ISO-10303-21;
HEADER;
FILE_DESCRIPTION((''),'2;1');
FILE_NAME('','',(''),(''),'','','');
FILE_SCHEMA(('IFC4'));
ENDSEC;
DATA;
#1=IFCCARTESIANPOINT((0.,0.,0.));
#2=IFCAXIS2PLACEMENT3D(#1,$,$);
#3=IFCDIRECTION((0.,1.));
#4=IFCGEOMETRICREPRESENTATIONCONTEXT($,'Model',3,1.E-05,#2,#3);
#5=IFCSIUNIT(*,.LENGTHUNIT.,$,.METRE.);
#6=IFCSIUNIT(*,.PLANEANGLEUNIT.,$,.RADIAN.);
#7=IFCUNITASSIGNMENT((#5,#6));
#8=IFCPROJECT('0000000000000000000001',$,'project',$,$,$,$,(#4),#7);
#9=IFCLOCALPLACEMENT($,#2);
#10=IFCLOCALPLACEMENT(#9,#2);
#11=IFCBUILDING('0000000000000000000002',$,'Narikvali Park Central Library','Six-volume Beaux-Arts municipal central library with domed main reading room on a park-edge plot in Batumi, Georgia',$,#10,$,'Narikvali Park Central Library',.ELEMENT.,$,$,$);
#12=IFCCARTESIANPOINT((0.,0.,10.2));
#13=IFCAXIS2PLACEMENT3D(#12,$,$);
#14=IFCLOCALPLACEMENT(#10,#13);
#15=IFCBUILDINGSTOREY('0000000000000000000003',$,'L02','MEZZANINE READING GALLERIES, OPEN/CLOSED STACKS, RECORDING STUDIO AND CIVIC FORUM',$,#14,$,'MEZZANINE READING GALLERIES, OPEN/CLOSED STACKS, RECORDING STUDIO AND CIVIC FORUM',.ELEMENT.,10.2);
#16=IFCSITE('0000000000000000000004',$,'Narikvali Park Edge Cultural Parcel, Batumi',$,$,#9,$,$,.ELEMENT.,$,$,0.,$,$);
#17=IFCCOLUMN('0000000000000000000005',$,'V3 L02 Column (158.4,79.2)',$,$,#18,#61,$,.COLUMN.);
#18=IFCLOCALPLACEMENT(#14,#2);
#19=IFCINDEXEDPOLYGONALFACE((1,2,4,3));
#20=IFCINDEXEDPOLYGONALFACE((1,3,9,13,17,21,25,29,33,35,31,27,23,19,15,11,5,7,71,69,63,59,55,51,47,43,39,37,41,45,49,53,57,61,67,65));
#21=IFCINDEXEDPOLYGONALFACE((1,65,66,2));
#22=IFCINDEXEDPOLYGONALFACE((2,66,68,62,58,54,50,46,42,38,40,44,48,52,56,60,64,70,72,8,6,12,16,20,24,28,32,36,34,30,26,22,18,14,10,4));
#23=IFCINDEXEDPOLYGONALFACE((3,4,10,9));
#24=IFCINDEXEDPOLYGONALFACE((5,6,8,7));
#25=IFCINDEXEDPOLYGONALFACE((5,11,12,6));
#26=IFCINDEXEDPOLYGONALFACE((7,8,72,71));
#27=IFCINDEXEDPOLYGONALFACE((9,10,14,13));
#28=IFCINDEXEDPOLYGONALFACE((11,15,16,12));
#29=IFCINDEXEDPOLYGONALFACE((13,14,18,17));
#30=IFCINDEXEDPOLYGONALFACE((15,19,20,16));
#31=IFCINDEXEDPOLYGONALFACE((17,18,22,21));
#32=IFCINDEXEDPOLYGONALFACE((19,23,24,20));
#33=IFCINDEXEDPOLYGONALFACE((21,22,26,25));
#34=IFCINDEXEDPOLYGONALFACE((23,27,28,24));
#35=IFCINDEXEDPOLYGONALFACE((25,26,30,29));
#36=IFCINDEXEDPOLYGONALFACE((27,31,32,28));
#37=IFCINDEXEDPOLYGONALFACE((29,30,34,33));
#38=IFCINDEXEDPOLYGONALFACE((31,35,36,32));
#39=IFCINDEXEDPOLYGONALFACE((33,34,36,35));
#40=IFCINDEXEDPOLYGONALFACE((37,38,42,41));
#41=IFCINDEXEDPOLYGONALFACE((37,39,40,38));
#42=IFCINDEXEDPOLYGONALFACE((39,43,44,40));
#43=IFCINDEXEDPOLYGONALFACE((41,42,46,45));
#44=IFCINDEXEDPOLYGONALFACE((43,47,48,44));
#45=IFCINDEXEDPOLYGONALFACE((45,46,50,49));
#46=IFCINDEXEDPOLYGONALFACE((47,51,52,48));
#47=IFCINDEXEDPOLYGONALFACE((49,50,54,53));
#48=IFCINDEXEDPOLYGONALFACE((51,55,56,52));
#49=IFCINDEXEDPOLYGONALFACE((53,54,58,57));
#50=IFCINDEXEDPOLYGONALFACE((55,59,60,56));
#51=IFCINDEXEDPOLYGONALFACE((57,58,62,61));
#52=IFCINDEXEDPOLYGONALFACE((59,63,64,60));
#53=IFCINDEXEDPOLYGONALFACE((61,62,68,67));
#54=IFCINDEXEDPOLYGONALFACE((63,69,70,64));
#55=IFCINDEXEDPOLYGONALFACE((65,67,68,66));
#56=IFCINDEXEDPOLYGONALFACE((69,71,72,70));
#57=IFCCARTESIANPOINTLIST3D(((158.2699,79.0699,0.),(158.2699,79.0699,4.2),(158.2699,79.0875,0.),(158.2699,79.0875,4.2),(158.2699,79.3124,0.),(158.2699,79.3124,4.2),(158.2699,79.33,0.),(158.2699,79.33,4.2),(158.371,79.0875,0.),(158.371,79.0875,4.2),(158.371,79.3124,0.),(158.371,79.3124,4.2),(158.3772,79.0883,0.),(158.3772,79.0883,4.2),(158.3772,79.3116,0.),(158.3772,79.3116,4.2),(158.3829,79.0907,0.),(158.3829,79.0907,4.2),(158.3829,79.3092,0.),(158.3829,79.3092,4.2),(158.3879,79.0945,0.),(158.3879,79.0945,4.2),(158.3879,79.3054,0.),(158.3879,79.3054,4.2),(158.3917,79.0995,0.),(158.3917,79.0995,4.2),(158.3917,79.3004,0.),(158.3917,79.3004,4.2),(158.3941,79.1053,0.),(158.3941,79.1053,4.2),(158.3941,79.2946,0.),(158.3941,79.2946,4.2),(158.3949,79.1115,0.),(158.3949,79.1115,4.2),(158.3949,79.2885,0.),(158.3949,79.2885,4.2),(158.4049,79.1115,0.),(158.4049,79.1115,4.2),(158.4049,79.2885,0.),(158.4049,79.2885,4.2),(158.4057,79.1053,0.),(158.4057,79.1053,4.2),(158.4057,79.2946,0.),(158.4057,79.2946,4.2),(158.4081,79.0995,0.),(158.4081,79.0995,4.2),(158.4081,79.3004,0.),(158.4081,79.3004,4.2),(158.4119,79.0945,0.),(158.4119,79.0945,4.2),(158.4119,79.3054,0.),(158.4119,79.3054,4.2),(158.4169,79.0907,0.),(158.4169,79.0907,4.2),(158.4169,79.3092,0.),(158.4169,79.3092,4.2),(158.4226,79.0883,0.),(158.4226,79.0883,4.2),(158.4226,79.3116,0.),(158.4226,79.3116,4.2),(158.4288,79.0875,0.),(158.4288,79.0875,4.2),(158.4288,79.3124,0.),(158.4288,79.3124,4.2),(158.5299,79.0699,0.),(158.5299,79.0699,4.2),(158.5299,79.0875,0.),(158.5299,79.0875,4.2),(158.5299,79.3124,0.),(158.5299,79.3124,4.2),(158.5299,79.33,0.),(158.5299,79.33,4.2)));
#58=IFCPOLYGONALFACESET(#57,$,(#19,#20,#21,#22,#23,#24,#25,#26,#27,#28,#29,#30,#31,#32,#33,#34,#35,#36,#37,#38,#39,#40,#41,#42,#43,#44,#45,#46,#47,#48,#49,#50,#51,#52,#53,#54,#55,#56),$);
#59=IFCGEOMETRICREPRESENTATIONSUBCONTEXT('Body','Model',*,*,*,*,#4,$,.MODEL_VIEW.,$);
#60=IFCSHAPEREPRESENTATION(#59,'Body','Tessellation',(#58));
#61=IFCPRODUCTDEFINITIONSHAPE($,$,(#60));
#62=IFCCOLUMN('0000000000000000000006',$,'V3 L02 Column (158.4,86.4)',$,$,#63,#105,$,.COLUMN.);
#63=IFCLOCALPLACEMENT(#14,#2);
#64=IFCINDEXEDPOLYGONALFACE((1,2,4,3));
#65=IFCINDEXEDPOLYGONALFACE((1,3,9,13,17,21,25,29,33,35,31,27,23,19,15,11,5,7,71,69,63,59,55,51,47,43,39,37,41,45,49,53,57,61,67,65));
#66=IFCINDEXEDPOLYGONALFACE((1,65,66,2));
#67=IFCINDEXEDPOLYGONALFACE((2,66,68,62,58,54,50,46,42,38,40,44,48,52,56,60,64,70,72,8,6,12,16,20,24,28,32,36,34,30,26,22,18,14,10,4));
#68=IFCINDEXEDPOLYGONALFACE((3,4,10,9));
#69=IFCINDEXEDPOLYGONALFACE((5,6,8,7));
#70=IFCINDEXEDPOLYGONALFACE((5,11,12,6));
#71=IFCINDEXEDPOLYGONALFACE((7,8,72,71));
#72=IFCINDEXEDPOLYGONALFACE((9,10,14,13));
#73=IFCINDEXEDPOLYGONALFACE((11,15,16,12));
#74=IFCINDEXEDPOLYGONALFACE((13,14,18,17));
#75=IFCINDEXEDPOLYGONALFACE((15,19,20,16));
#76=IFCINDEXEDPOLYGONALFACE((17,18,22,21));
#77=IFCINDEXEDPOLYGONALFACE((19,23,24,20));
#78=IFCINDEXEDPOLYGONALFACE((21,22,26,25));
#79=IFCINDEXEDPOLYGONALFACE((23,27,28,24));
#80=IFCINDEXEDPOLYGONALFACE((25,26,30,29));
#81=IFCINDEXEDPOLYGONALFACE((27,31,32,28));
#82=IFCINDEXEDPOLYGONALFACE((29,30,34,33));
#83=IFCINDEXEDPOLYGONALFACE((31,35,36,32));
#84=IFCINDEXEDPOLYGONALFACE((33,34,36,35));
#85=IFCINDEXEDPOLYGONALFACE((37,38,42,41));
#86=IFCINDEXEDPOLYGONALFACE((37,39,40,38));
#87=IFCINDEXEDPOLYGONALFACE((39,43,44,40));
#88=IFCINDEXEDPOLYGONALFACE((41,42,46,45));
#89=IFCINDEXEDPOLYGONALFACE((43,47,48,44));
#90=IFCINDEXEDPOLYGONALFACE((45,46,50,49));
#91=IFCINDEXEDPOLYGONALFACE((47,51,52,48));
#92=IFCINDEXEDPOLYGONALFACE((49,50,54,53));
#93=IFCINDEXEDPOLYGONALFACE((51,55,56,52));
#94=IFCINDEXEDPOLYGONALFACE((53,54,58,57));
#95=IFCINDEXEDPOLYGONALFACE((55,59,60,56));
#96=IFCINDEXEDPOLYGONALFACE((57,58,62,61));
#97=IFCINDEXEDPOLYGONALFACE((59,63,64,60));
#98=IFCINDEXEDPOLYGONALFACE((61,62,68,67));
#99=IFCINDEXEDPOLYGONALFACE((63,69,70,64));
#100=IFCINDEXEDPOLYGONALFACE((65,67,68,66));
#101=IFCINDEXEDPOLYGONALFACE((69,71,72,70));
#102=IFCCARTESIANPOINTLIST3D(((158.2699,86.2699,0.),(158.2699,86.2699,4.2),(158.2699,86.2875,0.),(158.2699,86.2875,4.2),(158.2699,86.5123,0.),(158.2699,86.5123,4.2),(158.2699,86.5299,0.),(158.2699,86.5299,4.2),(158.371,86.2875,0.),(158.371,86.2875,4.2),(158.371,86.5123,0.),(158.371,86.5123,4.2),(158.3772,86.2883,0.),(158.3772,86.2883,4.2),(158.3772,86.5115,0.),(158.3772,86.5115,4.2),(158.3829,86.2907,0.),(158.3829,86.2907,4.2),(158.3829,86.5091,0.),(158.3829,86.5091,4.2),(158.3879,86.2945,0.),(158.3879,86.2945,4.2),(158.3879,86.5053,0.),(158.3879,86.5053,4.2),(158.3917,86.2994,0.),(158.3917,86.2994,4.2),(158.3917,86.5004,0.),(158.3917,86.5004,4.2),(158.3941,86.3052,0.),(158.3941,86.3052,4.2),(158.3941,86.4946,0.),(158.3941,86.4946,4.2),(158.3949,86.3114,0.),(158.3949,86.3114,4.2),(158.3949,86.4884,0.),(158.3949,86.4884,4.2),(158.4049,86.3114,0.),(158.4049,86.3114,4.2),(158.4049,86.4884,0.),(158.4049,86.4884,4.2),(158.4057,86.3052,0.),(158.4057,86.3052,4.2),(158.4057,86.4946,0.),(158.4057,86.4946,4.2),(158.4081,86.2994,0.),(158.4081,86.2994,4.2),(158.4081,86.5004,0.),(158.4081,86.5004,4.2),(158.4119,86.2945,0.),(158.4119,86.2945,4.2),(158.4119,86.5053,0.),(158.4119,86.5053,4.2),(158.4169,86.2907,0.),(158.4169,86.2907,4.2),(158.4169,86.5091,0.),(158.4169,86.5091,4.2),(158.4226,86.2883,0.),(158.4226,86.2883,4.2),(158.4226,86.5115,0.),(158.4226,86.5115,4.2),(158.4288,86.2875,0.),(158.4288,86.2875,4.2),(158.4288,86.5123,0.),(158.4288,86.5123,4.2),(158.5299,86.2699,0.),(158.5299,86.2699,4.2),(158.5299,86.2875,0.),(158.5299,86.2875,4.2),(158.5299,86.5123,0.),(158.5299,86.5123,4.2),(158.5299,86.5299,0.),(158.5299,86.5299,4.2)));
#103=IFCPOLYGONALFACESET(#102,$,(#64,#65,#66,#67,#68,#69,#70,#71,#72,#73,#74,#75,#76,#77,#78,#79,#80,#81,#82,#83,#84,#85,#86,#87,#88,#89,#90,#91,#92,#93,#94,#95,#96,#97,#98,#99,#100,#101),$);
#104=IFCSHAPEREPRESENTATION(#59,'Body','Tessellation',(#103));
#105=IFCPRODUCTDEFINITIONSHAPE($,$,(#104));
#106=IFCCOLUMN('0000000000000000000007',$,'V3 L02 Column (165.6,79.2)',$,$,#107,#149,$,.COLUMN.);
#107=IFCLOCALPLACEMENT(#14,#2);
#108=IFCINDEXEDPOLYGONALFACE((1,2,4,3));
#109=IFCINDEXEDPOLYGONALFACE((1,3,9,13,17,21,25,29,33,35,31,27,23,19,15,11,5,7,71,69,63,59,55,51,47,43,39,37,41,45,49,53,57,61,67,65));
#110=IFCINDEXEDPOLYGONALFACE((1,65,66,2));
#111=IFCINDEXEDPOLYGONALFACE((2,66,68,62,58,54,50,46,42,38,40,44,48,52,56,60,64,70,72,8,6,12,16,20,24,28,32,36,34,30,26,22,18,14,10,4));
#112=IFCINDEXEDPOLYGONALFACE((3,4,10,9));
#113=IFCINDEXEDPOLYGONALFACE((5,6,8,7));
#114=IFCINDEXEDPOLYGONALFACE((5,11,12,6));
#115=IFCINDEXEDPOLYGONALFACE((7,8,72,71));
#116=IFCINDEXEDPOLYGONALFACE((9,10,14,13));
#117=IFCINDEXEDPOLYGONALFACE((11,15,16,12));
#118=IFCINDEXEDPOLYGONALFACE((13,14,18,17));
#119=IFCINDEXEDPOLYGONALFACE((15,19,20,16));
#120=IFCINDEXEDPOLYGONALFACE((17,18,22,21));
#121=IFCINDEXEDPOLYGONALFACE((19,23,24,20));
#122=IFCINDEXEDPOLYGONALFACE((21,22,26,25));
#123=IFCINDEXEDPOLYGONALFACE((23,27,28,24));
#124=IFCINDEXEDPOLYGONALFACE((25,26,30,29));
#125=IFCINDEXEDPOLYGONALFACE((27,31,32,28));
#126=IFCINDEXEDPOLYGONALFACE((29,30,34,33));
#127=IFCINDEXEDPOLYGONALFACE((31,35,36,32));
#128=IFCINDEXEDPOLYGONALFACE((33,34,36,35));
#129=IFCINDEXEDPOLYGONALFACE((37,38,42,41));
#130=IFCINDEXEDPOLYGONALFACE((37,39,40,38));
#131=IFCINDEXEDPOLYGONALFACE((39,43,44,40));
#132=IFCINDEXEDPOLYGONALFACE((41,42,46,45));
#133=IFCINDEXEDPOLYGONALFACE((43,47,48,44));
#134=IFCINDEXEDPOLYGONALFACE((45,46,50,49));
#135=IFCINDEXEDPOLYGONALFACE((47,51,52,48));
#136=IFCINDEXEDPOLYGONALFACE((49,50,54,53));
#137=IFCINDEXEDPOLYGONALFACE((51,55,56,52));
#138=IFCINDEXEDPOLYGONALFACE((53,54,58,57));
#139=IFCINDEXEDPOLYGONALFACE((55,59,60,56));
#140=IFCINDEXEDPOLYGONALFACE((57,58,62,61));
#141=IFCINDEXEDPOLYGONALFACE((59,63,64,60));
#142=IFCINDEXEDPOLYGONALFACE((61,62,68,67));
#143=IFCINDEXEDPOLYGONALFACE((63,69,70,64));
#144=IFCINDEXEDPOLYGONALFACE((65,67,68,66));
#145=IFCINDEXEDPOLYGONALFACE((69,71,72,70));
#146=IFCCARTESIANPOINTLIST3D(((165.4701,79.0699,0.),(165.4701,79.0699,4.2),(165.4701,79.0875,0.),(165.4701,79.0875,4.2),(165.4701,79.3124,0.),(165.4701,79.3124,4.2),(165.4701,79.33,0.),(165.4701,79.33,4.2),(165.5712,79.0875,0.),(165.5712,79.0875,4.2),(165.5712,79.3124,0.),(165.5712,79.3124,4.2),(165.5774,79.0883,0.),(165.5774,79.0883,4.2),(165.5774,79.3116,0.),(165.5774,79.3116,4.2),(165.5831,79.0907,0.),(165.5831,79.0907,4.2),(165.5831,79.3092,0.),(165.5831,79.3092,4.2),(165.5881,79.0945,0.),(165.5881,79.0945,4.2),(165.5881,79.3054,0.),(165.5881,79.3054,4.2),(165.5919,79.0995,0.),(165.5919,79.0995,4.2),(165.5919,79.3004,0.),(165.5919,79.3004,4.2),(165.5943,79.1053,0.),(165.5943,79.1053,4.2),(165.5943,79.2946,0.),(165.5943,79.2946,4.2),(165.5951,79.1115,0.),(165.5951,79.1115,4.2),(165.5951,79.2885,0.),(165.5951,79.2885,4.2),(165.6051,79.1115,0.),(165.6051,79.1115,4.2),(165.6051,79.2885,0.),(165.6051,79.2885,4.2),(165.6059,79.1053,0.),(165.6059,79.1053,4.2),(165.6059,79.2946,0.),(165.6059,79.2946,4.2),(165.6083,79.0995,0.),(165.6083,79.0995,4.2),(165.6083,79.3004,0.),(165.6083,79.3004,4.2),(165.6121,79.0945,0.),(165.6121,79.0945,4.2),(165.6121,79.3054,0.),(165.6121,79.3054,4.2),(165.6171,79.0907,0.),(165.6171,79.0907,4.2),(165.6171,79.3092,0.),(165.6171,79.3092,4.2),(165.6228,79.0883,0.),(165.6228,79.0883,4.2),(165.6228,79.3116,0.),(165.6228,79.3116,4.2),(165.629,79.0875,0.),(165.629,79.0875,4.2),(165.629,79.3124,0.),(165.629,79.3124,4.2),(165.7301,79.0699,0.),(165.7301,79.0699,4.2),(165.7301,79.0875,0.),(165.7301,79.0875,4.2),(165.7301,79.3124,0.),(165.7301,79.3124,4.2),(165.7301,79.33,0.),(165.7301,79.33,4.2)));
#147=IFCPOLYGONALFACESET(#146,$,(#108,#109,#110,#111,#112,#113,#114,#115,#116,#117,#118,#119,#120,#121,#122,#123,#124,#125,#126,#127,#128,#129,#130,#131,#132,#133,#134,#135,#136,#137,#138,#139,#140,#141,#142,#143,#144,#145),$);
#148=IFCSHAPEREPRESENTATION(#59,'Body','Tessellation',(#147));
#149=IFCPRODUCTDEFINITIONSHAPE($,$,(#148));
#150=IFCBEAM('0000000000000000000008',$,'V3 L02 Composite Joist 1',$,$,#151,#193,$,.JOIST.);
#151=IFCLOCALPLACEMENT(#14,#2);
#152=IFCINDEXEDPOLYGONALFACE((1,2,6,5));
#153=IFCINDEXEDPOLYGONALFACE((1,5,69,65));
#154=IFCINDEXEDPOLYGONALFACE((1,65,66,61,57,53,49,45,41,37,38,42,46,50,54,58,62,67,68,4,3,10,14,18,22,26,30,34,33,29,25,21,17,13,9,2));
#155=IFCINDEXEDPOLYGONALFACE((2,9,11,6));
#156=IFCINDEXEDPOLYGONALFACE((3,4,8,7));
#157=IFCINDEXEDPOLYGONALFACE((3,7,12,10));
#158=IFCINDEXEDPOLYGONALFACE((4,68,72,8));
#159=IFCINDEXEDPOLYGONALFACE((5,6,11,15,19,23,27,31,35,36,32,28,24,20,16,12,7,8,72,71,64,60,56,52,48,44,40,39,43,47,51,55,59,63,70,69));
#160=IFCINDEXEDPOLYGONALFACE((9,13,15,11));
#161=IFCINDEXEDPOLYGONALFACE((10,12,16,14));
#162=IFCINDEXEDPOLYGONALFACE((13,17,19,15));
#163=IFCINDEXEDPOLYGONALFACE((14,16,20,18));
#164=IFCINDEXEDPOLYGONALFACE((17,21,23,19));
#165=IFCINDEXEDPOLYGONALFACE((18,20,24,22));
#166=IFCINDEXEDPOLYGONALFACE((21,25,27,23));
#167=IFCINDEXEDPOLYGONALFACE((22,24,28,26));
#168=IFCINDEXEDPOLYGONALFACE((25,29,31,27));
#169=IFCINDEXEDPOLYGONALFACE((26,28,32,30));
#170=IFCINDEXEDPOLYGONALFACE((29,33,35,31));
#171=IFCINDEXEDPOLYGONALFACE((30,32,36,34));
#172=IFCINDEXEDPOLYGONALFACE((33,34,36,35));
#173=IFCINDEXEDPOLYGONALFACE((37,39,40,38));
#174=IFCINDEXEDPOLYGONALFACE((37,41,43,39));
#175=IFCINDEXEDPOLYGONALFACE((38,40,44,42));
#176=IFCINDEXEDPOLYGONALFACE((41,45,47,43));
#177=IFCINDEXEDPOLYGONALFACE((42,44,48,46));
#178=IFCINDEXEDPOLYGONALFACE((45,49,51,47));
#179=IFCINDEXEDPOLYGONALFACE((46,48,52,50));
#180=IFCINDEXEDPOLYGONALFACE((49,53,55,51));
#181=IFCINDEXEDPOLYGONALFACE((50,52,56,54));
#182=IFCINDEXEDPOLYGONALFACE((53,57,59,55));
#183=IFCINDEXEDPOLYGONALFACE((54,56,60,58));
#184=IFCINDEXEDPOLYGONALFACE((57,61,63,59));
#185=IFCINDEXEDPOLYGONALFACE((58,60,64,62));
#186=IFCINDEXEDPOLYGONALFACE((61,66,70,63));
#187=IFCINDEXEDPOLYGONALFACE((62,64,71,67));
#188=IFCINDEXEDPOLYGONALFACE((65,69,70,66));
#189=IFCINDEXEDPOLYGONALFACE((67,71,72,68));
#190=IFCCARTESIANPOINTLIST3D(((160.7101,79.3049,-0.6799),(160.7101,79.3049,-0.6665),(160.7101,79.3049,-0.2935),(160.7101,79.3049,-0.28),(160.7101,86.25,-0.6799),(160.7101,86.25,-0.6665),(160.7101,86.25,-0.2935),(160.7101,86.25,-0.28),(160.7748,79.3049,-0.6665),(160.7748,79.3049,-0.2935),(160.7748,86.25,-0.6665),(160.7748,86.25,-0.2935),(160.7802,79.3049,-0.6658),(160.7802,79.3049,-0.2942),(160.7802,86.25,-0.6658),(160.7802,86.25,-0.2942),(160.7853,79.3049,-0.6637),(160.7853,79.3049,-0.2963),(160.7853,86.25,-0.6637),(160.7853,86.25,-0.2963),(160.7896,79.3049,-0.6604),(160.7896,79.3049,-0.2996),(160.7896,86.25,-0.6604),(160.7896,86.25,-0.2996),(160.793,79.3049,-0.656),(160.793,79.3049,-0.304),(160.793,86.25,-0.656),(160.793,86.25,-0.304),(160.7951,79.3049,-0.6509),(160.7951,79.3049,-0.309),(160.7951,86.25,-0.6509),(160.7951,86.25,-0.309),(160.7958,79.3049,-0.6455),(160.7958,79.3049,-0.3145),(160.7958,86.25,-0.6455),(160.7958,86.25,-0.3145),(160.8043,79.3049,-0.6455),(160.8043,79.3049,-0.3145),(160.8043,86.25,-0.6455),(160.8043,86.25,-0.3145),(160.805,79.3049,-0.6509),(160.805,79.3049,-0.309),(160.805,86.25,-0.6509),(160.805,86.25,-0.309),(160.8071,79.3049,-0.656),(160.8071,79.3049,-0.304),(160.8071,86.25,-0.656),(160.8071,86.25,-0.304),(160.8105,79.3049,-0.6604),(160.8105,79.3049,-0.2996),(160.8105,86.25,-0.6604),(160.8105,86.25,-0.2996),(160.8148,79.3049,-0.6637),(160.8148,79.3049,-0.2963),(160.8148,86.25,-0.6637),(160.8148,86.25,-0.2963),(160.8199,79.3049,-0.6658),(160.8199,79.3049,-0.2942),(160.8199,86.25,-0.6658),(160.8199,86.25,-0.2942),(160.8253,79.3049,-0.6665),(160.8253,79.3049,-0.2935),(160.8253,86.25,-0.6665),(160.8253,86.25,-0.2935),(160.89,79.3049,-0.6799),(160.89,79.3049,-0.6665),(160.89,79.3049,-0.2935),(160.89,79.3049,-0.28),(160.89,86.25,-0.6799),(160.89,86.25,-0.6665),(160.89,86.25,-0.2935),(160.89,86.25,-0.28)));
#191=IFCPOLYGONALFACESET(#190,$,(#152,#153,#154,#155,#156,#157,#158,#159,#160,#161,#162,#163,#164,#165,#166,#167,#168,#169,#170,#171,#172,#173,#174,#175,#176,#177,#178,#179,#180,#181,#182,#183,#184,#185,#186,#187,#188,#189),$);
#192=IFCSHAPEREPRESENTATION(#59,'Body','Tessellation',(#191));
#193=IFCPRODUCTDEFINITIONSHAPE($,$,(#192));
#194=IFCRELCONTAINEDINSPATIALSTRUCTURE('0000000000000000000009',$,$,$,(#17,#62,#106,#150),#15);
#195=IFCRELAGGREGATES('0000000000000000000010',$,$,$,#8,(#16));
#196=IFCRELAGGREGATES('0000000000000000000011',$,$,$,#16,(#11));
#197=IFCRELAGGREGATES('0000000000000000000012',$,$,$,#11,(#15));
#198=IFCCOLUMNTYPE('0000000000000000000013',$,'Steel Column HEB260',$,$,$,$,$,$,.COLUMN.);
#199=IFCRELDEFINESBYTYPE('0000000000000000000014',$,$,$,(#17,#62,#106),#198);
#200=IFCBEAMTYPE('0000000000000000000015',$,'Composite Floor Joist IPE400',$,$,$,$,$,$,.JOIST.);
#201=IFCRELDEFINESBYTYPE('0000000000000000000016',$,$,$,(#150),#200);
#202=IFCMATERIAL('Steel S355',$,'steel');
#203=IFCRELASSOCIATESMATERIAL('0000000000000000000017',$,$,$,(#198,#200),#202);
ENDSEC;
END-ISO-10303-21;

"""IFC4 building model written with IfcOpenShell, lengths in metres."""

from ifc_helpers import new_model, si_unit, direction, frame, origin, origin_2d, place, context, subcontext, project, spatial, i_section, extrude, material, material_profile, profile_set, type_object, element, save


model = new_model("IFC4")

# Units and contexts
model_context = context("Model", 3, precision=1e-05, world=origin(), true_north=direction((0.0, 1.0)))
body_context = subcontext(model_context, "Body", "Model", "MODEL_VIEW")
ifc_project = project(units=[si_unit("LENGTHUNIT", "METRE"), si_unit("PLANEANGLEUNIT", "RADIAN")], contexts=[model_context])

# Site, building, storey
site_placement = place(None, origin())
site = spatial("IfcSite", under=ifc_project, at=site_placement, Name="Narikvali Park Edge Cultural Parcel, Batumi", CompositionType="ELEMENT", RefElevation=0.0)
building_placement = place(site_placement, origin())
building = spatial("IfcBuilding", under=site, at=building_placement, Name="Narikvali Park Central Library", Description="Six-volume Beaux-Arts municipal central library with domed main reading room on a park-edge plot in Batumi, Georgia", LongName="Narikvali Park Central Library", CompositionType="ELEMENT")
storey_placement = place(building_placement, frame((0.0, 0.0, 10.2)))
storey = spatial("IfcBuildingStorey", under=building, at=storey_placement, Name="L02", Description="MEZZANINE READING GALLERIES, OPEN/CLOSED STACKS, RECORDING STUDIO AND CIVIC FORUM", LongName="MEZZANINE READING GALLERIES, OPEN/CLOSED STACKS, RECORDING STUDIO AND CIVIC FORUM", CompositionType="ELEMENT", Elevation=10.2)

# Columns
ifc_material_1 = material(Name="Steel S355", Category="steel")
ifc_material_profile_1 = material_profile(ifc_material_1, i_section(OverallWidth=0.26, OverallDepth=0.26, WebThickness=0.01, FlangeThickness=0.0176, FilletRadius=0.0239, at=origin_2d()), Name="HEB 260")
ifc_profile_set_1 = profile_set([ifc_material_profile_1], Name="Steel S355")
column_type = type_object("IfcColumnType", Name="Steel Column HEB260", PredefinedType="COLUMN", material=ifc_profile_set_1)
for number, where, z_axis, x_axis, name in (
    (1, (158.3999, 79.2, 0.0), (0.0, 0.0, 1.0), (1.0, 0.0, 0.0), "V3 L02 Column (158.4,79.2)"),
    (2, (158.3999, 86.3999, 0.0), (0.0, 0.0, 1.0), (1.0, 0.0, 0.0), "V3 L02 Column (158.4,86.4)"),
    (3, (165.6001, 79.2, 0.0), (0.0, 0.0, 1.0), (1.0, 0.0, 0.0), "V3 L02 Column (165.6,79.2)"),
):
    element("IfcColumn", number, at=place(storey_placement, frame(where, z_axis=z_axis, x_axis=x_axis)), inside=storey, type_object=column_type, Name=name, PredefinedType="COLUMN", context=body_context, shape_type="SweptSolid", body=[
        extrude(i_section(OverallWidth=0.26, OverallDepth=0.26, WebThickness=0.01, FlangeThickness=0.0176, FilletRadius=0.0239, at=origin_2d()), origin(), (0.0, 0.0, 1.0), 4.2),
    ])

# Beam
ifc_material_profile_2 = material_profile(ifc_material_1, i_section(OverallWidth=0.1799, OverallDepth=0.3999, WebThickness=0.0085, FlangeThickness=0.0134, FilletRadius=0.021, at=origin_2d()), Name="IPE 400")
ifc_profile_set_2 = profile_set([ifc_material_profile_2], Name="Steel S355")
beam_type_1 = type_object("IfcBeamType", Name="Composite Floor Joist IPE400", PredefinedType="JOIST", material=ifc_profile_set_2)
for number, where, z_axis, x_axis, name in (
    (4, (160.8, 79.3049, -0.48), (0.0, 1.0, 0.0), (-1.0, 0.0, 0.0), "V3 L02 Composite Joist 1"),
):
    element("IfcBeam", number, at=place(storey_placement, frame(where, z_axis=z_axis, x_axis=x_axis)), inside=storey, type_object=beam_type_1, Name=name, PredefinedType="JOIST", context=body_context, shape_type="SweptSolid", body=[
        extrude(i_section(OverallWidth=0.1799, OverallDepth=0.3999, WebThickness=0.0085, FlangeThickness=0.0134, FilletRadius=0.021, at=origin_2d()), origin(), (0.0, 0.0, 1.0), 6.9451),
    ])

save(model, "model.ifc")
